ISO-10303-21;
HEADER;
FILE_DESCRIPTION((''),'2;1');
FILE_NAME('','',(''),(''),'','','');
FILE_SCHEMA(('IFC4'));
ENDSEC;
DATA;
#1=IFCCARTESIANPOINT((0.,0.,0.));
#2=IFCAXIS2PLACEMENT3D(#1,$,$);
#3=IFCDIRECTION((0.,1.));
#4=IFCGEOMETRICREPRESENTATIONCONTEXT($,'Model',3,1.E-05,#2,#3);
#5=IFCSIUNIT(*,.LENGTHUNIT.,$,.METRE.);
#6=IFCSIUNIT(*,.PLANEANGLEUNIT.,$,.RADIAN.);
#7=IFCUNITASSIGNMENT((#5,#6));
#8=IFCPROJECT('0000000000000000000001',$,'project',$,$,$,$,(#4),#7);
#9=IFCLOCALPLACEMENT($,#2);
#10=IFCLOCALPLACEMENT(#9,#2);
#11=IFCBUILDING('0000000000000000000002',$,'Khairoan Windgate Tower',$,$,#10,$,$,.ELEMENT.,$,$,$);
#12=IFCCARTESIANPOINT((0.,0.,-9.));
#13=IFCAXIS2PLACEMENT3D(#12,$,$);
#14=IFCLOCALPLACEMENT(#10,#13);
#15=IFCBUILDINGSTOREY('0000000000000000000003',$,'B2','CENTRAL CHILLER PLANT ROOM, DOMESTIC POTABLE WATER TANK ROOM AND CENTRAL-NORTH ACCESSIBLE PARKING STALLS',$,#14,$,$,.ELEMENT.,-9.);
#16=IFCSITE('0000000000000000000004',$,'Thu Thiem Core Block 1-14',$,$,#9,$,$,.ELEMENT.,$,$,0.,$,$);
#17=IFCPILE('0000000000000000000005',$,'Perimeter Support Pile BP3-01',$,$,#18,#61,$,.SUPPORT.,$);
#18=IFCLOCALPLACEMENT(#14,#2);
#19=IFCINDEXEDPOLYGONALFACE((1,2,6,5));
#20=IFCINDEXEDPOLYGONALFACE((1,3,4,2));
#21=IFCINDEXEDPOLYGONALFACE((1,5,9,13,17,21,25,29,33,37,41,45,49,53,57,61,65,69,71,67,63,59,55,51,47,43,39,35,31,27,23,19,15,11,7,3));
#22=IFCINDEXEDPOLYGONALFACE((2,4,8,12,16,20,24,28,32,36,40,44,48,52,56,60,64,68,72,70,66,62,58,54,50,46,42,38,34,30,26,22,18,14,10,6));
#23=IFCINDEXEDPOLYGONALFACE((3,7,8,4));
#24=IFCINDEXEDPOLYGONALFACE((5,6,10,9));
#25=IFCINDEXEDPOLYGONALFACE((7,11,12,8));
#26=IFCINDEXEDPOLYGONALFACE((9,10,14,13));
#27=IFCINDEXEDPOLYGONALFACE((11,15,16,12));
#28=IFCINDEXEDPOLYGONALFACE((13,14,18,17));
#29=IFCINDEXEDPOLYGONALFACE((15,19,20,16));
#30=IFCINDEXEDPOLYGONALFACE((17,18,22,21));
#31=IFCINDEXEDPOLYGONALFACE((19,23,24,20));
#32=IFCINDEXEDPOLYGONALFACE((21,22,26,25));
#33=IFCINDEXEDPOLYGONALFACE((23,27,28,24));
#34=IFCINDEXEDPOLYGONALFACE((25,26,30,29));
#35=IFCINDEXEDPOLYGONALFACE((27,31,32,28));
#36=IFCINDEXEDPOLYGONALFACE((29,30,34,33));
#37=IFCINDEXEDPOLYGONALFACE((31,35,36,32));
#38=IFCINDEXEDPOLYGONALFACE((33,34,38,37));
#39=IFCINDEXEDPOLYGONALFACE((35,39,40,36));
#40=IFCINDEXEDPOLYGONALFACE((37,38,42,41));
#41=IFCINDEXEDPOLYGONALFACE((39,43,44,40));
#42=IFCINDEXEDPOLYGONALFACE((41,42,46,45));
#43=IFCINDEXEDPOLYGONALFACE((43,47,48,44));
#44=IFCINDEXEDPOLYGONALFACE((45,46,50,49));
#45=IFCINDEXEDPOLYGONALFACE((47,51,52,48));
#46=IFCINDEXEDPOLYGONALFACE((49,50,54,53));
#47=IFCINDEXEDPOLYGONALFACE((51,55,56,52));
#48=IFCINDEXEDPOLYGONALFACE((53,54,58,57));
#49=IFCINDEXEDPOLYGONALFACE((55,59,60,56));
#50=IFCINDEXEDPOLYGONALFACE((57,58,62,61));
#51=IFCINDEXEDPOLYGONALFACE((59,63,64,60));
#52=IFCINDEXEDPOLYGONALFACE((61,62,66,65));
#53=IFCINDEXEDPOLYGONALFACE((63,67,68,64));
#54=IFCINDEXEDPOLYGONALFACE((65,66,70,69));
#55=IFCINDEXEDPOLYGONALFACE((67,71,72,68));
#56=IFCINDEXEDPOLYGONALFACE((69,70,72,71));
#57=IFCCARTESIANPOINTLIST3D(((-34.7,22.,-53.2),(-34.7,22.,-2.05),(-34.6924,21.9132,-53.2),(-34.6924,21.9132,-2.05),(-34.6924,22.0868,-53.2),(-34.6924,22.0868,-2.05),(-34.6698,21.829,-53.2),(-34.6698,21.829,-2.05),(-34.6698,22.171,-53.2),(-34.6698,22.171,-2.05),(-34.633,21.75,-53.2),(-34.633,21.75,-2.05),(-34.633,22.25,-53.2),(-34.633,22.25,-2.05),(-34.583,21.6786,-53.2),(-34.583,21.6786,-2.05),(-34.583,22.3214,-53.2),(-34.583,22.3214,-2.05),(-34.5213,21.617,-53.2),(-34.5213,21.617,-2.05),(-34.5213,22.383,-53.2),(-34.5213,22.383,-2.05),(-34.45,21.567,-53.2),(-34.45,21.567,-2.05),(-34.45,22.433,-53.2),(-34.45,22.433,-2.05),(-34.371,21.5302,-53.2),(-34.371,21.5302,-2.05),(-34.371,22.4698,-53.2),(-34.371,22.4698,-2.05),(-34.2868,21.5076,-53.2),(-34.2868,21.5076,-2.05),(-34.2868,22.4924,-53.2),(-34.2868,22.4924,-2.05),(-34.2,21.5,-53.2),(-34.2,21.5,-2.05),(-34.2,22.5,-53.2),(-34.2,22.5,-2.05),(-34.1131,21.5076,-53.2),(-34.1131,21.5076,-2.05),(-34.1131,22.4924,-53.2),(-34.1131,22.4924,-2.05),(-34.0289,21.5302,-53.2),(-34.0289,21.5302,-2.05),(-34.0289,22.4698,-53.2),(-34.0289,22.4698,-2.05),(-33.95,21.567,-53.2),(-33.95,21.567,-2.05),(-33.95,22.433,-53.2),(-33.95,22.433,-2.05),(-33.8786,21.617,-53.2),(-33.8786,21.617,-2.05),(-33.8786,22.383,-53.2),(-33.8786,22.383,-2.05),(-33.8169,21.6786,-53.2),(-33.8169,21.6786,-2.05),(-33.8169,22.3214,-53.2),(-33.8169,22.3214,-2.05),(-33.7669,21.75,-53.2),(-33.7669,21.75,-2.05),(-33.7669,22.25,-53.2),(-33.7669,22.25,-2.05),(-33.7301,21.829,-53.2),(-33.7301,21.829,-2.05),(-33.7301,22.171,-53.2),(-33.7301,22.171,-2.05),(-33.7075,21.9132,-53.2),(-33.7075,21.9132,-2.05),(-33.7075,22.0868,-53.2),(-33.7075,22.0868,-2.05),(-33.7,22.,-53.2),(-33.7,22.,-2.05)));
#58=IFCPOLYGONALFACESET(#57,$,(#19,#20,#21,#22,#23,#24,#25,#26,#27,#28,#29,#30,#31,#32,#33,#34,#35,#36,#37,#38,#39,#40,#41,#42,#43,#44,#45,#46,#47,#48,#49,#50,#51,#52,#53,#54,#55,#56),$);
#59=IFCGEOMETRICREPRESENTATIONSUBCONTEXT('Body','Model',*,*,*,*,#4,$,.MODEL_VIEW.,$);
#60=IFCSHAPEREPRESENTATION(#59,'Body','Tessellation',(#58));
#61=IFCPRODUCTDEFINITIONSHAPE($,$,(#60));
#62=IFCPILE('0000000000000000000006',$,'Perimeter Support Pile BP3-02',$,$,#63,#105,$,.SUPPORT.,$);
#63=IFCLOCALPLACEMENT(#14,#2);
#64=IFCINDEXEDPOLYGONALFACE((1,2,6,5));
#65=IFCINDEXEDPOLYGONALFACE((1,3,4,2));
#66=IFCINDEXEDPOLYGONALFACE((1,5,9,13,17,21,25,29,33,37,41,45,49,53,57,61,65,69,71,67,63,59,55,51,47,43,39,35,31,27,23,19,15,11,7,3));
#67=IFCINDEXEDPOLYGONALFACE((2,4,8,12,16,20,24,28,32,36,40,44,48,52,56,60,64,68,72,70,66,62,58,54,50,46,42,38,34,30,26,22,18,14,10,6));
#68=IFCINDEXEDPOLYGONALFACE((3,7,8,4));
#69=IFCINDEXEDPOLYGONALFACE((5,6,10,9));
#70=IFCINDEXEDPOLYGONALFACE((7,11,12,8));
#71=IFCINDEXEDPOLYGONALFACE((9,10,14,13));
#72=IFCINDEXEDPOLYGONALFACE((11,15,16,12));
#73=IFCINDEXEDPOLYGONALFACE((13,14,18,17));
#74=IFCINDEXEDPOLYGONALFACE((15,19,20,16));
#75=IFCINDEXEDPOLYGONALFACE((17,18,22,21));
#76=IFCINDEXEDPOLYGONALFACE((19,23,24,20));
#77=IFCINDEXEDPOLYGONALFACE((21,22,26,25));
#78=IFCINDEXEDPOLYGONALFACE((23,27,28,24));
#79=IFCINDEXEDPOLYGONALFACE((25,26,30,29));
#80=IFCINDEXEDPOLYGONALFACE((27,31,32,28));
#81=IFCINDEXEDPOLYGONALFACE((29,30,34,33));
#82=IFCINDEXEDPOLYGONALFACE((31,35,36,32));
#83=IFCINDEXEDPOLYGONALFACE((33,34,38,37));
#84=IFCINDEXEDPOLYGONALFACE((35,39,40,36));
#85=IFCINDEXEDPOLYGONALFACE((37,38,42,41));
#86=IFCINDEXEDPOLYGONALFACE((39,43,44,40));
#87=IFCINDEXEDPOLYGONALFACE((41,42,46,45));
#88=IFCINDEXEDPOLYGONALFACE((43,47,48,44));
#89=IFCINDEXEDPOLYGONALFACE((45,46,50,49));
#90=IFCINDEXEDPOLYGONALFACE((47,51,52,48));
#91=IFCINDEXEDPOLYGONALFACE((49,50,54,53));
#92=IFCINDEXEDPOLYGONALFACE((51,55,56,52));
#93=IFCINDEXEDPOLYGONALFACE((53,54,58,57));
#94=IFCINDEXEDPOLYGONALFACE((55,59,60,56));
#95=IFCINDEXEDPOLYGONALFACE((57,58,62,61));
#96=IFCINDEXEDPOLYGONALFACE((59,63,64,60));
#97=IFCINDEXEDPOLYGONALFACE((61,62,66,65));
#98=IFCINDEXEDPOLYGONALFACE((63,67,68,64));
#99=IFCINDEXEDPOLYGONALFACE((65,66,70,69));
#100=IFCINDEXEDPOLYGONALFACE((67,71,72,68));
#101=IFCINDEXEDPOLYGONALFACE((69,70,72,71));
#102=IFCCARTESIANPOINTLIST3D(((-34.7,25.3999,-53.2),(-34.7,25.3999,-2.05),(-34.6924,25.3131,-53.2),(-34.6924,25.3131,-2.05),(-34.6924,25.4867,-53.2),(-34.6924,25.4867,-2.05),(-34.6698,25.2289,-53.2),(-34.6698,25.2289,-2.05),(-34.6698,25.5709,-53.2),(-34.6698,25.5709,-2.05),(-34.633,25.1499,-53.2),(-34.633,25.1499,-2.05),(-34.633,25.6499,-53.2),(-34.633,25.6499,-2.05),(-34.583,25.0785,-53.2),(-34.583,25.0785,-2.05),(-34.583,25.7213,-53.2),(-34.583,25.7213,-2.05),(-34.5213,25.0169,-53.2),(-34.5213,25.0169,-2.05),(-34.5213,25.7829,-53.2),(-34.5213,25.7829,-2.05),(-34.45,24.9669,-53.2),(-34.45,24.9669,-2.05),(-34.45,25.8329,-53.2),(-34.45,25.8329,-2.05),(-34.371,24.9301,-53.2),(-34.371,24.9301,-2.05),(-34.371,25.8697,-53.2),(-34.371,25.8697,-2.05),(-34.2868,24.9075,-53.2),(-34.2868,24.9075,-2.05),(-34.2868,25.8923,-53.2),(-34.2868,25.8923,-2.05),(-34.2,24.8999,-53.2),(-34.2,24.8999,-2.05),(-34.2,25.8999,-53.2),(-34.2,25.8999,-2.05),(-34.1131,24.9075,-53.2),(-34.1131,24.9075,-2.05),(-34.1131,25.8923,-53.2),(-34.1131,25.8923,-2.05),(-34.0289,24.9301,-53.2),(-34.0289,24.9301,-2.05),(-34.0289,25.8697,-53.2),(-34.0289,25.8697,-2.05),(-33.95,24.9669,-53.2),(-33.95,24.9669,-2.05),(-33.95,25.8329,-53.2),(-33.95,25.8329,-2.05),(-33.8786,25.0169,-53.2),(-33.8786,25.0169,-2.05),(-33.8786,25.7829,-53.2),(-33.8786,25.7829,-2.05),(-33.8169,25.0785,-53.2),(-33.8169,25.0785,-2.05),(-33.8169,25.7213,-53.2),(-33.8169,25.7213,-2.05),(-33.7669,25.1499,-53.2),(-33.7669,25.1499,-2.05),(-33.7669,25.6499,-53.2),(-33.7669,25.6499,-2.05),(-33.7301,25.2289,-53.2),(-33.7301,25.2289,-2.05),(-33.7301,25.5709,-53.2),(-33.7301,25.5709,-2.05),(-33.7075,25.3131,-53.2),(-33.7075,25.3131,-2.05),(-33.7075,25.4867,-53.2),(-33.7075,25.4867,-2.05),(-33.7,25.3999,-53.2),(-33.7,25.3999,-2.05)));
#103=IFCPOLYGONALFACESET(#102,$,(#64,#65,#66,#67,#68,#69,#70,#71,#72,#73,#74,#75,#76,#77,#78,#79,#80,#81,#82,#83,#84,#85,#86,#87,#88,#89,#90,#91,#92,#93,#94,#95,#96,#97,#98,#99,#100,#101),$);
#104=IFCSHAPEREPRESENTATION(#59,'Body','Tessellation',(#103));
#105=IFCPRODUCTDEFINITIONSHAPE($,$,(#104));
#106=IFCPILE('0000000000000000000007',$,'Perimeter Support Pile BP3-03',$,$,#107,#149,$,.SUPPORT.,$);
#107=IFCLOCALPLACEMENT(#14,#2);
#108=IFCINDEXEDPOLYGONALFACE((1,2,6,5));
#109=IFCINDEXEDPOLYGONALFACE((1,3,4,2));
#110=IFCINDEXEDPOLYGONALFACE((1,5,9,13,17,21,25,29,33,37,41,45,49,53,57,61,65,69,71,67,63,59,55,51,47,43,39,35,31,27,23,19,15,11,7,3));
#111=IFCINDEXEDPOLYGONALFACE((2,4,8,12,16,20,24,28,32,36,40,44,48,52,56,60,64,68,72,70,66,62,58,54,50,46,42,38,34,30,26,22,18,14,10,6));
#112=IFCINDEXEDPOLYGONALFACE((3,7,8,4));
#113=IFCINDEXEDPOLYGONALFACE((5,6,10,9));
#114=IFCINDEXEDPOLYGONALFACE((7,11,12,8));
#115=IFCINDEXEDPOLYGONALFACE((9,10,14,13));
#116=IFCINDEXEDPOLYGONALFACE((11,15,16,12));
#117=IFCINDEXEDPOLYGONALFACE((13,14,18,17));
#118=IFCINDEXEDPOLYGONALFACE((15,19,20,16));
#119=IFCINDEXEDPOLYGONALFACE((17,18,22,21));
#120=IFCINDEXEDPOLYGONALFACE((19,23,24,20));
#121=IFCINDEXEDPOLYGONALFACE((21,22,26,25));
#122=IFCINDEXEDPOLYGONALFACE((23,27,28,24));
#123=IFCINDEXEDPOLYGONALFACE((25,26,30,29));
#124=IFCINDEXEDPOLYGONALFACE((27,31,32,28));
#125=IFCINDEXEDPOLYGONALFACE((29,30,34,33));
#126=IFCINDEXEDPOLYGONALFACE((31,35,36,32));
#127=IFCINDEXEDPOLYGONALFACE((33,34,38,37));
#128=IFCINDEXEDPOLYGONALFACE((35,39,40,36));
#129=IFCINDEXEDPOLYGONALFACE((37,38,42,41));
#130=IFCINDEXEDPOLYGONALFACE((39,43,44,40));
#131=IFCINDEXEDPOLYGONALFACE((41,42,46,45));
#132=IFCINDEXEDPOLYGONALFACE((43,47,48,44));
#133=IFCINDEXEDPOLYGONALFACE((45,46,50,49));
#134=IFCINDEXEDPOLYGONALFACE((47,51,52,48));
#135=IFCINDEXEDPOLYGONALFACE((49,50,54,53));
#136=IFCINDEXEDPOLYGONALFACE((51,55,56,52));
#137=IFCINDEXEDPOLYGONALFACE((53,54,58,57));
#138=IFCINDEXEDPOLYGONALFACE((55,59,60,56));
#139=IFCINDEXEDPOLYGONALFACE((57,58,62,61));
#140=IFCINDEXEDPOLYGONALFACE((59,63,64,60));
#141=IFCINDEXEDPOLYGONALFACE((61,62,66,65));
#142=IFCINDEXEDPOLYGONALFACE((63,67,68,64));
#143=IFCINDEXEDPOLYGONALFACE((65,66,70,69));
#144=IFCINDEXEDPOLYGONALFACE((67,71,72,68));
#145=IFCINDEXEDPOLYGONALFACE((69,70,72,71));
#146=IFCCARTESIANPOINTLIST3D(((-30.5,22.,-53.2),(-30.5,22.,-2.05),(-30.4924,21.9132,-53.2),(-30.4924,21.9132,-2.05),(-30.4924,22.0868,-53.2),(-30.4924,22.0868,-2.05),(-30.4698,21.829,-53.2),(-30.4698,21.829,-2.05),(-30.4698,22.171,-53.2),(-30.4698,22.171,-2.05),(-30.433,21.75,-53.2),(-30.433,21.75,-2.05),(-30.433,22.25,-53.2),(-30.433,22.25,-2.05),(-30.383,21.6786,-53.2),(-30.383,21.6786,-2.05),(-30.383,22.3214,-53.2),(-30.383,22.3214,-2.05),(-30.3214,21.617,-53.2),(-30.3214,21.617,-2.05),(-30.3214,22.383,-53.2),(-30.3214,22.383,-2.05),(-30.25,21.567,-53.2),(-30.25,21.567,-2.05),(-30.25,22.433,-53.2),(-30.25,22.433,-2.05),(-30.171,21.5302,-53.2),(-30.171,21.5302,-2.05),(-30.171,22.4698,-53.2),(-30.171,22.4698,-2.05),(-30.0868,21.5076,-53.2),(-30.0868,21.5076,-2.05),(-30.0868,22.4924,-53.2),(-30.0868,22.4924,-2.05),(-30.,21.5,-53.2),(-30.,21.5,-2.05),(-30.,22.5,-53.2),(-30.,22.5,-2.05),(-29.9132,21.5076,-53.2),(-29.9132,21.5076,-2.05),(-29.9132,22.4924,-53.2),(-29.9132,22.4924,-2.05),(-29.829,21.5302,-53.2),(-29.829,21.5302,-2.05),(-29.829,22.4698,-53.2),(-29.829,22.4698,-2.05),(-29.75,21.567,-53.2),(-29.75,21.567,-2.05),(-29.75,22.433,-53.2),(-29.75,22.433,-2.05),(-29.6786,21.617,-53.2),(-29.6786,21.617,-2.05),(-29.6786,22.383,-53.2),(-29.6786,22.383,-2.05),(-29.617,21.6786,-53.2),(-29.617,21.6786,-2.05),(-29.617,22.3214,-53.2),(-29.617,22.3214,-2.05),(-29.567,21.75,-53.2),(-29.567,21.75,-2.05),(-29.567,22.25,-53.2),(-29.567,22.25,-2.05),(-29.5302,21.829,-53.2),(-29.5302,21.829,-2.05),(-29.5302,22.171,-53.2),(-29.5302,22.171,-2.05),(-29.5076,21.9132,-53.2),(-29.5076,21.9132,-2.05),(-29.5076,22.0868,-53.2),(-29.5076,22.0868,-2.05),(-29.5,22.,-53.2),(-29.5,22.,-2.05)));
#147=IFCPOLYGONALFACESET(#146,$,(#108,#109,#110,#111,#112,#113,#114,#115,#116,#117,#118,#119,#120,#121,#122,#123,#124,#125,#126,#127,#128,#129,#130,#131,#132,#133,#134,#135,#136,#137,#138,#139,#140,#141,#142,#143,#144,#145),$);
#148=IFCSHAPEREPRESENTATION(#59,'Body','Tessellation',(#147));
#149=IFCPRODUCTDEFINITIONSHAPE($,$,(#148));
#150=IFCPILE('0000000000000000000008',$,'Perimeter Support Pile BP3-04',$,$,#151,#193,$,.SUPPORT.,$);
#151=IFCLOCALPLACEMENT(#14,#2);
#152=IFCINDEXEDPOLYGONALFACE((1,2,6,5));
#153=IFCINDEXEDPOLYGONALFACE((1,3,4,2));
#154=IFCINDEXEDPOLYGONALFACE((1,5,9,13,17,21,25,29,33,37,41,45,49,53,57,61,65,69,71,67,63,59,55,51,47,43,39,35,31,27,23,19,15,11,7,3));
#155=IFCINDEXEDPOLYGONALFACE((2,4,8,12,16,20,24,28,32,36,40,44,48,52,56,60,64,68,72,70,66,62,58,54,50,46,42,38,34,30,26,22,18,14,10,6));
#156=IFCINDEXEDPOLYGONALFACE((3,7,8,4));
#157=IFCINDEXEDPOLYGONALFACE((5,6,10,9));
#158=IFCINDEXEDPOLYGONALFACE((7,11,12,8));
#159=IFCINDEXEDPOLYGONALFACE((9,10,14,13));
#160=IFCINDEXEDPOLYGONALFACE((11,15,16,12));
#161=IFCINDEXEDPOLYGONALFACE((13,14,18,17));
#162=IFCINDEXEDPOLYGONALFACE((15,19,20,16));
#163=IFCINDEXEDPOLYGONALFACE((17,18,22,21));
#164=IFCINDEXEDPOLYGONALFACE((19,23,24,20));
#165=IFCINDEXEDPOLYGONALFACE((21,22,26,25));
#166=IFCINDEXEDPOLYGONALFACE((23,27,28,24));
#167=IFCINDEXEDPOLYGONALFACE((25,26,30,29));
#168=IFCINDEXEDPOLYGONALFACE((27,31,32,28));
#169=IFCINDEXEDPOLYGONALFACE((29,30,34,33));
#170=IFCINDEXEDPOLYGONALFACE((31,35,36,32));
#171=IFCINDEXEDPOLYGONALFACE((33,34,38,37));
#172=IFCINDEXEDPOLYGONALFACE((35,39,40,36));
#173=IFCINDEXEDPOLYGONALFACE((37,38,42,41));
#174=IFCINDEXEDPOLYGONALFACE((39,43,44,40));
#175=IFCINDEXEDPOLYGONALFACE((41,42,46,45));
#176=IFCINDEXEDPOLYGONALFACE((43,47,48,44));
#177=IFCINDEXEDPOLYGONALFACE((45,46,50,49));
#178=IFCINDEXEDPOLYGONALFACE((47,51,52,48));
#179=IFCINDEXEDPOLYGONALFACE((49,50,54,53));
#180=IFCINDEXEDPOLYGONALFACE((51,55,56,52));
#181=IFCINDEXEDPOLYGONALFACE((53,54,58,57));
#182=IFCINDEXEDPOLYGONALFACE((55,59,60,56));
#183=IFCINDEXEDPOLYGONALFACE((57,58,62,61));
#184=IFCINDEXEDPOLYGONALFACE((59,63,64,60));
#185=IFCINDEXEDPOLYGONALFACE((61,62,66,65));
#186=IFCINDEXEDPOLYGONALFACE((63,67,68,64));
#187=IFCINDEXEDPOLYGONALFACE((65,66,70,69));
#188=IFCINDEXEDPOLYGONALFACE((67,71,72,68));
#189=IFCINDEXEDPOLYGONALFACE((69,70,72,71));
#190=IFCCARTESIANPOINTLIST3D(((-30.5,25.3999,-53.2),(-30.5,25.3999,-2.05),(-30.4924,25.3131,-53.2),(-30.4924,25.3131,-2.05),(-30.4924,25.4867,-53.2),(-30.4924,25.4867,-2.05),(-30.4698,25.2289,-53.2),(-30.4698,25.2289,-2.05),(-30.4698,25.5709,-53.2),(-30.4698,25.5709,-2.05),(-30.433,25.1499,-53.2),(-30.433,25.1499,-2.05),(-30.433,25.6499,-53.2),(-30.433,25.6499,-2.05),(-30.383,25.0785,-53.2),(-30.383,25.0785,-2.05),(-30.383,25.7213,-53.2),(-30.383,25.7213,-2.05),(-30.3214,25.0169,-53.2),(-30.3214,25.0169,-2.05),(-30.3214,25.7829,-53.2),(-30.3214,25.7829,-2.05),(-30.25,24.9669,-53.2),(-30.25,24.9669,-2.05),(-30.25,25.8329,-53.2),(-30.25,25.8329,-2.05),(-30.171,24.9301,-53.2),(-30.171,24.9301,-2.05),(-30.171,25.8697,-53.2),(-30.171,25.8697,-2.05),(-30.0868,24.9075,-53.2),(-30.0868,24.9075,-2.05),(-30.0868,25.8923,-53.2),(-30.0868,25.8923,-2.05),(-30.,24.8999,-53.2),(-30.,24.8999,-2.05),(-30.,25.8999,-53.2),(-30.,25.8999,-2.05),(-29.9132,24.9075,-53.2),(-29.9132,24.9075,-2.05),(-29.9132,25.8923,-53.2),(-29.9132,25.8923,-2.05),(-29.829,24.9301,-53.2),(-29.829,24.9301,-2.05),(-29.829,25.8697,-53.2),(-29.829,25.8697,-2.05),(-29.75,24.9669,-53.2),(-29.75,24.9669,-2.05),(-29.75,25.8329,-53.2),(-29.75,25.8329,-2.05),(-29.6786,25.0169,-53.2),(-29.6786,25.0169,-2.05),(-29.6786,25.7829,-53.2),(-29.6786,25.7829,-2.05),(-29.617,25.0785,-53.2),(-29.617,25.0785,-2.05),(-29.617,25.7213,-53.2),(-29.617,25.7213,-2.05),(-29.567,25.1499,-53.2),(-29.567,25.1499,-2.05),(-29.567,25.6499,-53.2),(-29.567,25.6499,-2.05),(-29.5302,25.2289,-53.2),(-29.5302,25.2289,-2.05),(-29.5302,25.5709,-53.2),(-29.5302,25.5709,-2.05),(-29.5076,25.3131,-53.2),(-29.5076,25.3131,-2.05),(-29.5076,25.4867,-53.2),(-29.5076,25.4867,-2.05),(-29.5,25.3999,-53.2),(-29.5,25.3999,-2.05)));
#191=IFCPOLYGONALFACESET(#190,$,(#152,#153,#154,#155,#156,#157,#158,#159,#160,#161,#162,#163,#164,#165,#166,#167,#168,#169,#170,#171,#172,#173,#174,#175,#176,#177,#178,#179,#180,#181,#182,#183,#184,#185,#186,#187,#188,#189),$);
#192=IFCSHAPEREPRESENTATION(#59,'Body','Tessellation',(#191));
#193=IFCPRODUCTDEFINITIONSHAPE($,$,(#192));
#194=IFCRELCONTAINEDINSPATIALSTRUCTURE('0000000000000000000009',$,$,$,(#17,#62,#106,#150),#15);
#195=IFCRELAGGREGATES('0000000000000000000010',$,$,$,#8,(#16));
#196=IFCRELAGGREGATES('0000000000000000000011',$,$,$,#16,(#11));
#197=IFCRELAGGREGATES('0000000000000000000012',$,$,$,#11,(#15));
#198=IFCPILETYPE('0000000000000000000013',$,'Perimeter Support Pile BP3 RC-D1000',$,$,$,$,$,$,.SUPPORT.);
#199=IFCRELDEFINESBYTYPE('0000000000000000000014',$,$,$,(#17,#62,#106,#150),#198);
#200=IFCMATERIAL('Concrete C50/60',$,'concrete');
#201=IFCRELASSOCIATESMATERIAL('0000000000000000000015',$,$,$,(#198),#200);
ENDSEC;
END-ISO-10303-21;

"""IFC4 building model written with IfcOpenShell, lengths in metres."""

from ifc_helpers import new_model, si_unit, direction, frame, origin, origin_2d, place, context, subcontext, project, spatial, circle, extrude, material, material_profile, profile_set, type_object, element, save


model = new_model("IFC4")

# Units and contexts
model_context = context("Model", 3, precision=1e-05, world=origin(), true_north=direction((0.0, 1.0)))
body_context = subcontext(model_context, "Body", "Model", "MODEL_VIEW")
ifc_project = project(units=[si_unit("LENGTHUNIT", "METRE"), si_unit("PLANEANGLEUNIT", "RADIAN")], contexts=[model_context])

# Site, building, storey
site_placement = place(None, origin())
site = spatial("IfcSite", under=ifc_project, at=site_placement, Name="Thu Thiem Core Block 1-14", CompositionType="ELEMENT", RefElevation=0.0)
building_placement = place(site_placement, origin())
building = spatial("IfcBuilding", under=site, at=building_placement, Name="Khairoan Windgate Tower", CompositionType="ELEMENT")
storey_placement = place(building_placement, frame((0.0, 0.0, -9.0)))
storey = spatial("IfcBuildingStorey", under=building, at=storey_placement, Name="B2", Description="CENTRAL CHILLER PLANT ROOM, DOMESTIC POTABLE WATER TANK ROOM AND CENTRAL-NORTH ACCESSIBLE PARKING STALLS", CompositionType="ELEMENT", Elevation=-9.0)

# Piles
ifc_material_1 = material(Name="Concrete C50/60", Category="concrete")
ifc_material_profile_1 = material_profile(ifc_material_1, circle(Radius=0.5, at=origin_2d()))
ifc_profile_set_1 = profile_set([ifc_material_profile_1], Name="Concrete C50/60")
pile_type_1 = type_object("IfcPileType", Name="Perimeter Support Pile BP3 RC-D1000", PredefinedType="SUPPORT", material=ifc_profile_set_1)
for number, where, z_axis, x_axis, name in (
    (1, (-34.2, 22.0, -2.05), (0.0, 0.0, -1.0), (1.0, 0.0, 0.0), "Perimeter Support Pile BP3-01"),
    (2, (-34.2, 25.3999, -2.05), (0.0, 0.0, -1.0), (1.0, 0.0, 0.0), "Perimeter Support Pile BP3-02"),
    (3, (-30.0, 22.0, -2.05), (0.0, 0.0, -1.0), (1.0, 0.0, 0.0), "Perimeter Support Pile BP3-03"),
    (4, (-30.0, 25.3999, -2.05), (0.0, 0.0, -1.0), (1.0, 0.0, 0.0), "Perimeter Support Pile BP3-04"),
):
    element("IfcPile", number, at=place(storey_placement, frame(where, z_axis=z_axis, x_axis=x_axis)), inside=storey, type_object=pile_type_1, Name=name, PredefinedType="SUPPORT", context=body_context, shape_type="SweptSolid", body=[
        extrude(circle(Radius=0.5, at=origin_2d()), origin(), (0.0, 0.0, 1.0), 51.1499),
    ])

save(model, "model.ifc")
